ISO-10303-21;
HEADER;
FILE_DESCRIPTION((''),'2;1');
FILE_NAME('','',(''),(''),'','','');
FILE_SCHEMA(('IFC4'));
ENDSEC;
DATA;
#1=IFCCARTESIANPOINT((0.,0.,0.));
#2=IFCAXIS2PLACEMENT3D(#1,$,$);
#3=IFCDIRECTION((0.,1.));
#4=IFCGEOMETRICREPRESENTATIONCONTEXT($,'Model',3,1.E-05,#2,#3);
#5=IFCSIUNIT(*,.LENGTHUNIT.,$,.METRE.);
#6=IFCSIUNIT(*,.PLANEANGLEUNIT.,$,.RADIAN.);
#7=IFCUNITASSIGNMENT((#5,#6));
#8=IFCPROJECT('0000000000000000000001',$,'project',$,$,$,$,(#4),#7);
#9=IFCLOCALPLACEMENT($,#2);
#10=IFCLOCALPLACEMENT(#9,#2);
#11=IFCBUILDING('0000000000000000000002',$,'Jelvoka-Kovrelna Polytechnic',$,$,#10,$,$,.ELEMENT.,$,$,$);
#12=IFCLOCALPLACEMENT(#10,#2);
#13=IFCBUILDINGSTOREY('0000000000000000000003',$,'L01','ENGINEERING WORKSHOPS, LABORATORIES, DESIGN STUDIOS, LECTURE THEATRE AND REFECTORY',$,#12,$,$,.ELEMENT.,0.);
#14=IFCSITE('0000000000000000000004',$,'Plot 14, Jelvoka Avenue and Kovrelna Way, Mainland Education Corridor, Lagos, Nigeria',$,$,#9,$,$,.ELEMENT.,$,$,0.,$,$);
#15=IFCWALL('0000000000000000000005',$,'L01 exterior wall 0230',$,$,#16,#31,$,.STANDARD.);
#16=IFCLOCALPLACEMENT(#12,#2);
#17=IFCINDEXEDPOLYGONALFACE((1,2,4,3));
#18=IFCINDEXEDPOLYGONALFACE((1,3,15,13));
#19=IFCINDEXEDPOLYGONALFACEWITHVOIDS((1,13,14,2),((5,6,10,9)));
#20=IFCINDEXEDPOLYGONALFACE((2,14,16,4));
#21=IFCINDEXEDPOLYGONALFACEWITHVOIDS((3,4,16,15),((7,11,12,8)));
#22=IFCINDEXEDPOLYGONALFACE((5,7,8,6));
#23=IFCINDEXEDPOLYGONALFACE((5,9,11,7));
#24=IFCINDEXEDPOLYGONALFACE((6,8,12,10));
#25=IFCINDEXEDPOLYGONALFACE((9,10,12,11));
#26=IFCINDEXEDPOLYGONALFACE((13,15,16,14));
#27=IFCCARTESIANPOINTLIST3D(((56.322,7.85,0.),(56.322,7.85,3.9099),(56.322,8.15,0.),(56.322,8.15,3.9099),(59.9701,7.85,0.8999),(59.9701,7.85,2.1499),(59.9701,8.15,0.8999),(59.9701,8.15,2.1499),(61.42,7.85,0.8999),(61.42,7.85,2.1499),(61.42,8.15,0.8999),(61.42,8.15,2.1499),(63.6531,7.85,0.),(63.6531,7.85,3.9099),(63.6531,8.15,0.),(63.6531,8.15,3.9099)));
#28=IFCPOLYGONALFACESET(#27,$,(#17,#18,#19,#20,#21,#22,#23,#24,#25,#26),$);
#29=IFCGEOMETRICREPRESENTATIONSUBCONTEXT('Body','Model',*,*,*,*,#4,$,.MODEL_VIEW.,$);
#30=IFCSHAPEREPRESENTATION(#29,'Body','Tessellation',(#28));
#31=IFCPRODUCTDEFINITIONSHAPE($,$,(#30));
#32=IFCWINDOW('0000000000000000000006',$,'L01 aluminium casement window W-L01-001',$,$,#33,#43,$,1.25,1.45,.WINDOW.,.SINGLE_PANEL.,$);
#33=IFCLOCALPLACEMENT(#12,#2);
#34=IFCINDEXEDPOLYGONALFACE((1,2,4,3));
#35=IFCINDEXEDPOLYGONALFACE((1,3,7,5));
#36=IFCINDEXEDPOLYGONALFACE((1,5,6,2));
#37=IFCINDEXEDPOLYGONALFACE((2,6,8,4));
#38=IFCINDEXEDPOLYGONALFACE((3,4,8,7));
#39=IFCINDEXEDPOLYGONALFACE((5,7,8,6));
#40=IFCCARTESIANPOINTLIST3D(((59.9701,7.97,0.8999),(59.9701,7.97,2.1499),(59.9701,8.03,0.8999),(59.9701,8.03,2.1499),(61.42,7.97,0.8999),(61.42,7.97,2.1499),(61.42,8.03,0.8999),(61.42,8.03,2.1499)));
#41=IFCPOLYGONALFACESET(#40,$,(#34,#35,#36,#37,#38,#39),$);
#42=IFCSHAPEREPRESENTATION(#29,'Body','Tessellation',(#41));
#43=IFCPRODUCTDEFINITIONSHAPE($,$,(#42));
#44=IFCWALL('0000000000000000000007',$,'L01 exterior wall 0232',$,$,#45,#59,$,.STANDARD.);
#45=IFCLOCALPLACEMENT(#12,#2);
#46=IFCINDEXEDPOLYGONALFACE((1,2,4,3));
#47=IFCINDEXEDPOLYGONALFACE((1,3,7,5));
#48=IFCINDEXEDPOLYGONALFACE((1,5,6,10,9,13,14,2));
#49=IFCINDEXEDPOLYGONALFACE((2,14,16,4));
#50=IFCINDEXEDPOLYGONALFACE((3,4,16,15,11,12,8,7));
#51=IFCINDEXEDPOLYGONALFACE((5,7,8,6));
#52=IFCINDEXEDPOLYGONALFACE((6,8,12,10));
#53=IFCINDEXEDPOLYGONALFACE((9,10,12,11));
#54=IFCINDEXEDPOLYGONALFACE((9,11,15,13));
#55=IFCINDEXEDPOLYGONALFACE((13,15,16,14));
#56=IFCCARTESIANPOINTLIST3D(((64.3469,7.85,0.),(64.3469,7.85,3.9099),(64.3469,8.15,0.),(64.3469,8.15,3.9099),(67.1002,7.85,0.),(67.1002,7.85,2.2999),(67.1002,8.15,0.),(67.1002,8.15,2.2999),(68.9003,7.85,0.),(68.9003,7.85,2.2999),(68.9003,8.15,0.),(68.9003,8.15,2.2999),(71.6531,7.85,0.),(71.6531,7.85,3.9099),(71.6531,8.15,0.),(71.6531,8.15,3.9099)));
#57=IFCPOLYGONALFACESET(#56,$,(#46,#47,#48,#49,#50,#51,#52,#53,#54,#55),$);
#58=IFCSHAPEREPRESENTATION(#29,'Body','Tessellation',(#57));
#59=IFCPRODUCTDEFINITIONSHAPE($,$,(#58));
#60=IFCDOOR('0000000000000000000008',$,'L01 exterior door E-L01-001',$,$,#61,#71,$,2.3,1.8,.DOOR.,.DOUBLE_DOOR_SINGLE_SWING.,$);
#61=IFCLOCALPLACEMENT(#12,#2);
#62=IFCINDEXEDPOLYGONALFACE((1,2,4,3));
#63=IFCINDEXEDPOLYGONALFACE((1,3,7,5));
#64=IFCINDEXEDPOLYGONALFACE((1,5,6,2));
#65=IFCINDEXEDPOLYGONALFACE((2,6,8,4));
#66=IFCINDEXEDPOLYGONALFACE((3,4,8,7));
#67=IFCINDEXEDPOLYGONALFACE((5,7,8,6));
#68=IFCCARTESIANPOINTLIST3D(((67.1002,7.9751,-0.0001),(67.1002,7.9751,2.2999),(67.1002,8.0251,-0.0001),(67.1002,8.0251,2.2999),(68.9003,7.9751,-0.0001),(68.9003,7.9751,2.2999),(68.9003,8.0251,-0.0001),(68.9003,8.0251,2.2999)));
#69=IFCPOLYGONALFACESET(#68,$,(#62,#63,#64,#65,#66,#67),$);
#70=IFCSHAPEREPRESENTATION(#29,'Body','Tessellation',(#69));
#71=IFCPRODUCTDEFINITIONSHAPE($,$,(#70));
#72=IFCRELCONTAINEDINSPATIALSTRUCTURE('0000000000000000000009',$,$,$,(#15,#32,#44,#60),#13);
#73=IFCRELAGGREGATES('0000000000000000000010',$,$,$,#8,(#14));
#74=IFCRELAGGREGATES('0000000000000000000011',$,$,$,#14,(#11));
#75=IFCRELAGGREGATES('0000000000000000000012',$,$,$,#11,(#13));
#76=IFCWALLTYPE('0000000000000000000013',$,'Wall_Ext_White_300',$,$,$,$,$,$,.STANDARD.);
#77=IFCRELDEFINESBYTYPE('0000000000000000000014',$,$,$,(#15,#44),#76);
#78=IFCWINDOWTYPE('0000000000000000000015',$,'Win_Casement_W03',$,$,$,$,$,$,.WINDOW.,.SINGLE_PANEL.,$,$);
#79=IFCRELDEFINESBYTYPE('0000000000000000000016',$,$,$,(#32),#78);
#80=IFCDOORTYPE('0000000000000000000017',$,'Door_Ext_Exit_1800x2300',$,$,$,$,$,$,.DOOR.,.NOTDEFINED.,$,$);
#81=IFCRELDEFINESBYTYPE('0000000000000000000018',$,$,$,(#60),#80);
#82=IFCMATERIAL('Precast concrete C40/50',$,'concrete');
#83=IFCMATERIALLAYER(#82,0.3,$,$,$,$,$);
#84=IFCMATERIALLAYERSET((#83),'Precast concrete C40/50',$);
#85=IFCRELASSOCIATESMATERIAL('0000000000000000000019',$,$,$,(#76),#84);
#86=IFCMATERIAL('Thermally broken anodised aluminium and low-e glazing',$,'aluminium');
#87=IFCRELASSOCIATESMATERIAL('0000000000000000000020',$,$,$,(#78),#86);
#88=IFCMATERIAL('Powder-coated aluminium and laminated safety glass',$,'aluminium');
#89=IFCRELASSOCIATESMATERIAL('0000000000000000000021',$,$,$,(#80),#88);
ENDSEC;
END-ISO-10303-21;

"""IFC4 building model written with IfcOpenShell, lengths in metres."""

from ifc_helpers import new_model, si_unit, direction, frame, frame_2d, origin, place, context, subcontext, project, spatial, rectangle, extrude, material, layer, layer_set, type_object, element, fill, save


model = new_model("IFC4")

# Units and contexts
model_context = context("Model", 3, precision=1e-05, world=origin(), true_north=direction((0.0, 1.0)))
body_context = subcontext(model_context, "Body", "Model", "MODEL_VIEW")
ifc_project = project(units=[si_unit("LENGTHUNIT", "METRE"), si_unit("PLANEANGLEUNIT", "RADIAN")], contexts=[model_context])

# Site, building, storey
site_placement = place(None, origin())
site = spatial("IfcSite", under=ifc_project, at=site_placement, Name="Plot 14, Jelvoka Avenue and Kovrelna Way, Mainland Education Corridor, Lagos, Nigeria", CompositionType="ELEMENT", RefElevation=0.0)
building_placement = place(site_placement, origin())
building = spatial("IfcBuilding", under=site, at=building_placement, Name="Jelvoka-Kovrelna Polytechnic", CompositionType="ELEMENT")
storey_placement = place(building_placement, origin())
storey = spatial("IfcBuildingStorey", under=building, at=storey_placement, Name="L01", Description="ENGINEERING WORKSHOPS, LABORATORIES, DESIGN STUDIOS, LECTURE THEATRE AND REFECTORY", CompositionType="ELEMENT", Elevation=0.0)

# Wall, opening, window
ifc_material_1 = material(Name="Precast concrete C40/50", Category="concrete")
ifc_layer_1 = layer(ifc_material_1, 0.3)
ifc_layer_set_1 = layer_set([ifc_layer_1], Name="Precast concrete C40/50")
wall_type = type_object("IfcWallType", Name="Wall_Ext_White_300", PredefinedType="STANDARD", material=ifc_layer_set_1)
wall_1_placement = place(storey_placement, frame((63.6531, 8.0, 0.0), z_axis=(0.0, 0.0, 1.0), x_axis=(-1.0, 0.0, 0.0)))
wall_1 = element("IfcWall", 1, at=wall_1_placement, inside=storey, type_object=wall_type, Name="L01 exterior wall 0230", PredefinedType="STANDARD", context=body_context, shape_type="SweptSolid", body=[
    extrude(rectangle(XDim=7.3311, YDim=0.3, at=frame_2d((3.6655, 0.0))), origin(), (0.0, 0.0, 1.0), 3.9099),
])
opening_1_placement = place(wall_1_placement, frame((2.2329, 0.0, 0.8999)))
opening_1 = element("IfcOpeningElement", 2, at=opening_1_placement, cuts=wall_1, PredefinedType="OPENING", context=body_context, shape_type="SweptSolid", body=[
    extrude(rectangle(XDim=1.45, YDim=1.25, at=frame_2d((0.7251, 0.625))), frame((0.0, 0.1599, 0.0), z_axis=(0.0, -1.0, 0.0), x_axis=(1.0, 0.0, 0.0)), (0.0, 0.0, 1.0), 0.3201),
])
ifc_material_2 = material(Name="Thermally broken anodised aluminium and low-e glazing", Category="aluminium")
window_type = type_object("IfcWindowType", Name="Win_Casement_W03", PartitioningType="SINGLE_PANEL", PredefinedType="WINDOW", material=ifc_material_2)
window_placement = place(opening_1_placement, origin())
window = element("IfcWindow", 3, at=window_placement, inside=storey, type_object=window_type, Name="L01 aluminium casement window W-L01-001", OverallHeight=1.25, OverallWidth=1.45, PartitioningType="SINGLE_PANEL", PredefinedType="WINDOW", context=body_context, shape_type="SweptSolid", body=[
    extrude(rectangle(XDim=1.45, YDim=1.25, at=frame_2d((0.7251, 0.625))), frame((0.0, 0.03, 0.0), z_axis=(0.0, -1.0, 0.0), x_axis=(1.0, 0.0, 0.0)), (0.0, 0.0, 1.0), 0.0601),
])
fill(opening_1, window)

# Wall, opening, door
wall_2_placement = place(storey_placement, frame((71.6531, 8.0, 0.0), z_axis=(0.0, 0.0, 1.0), x_axis=(-1.0, 0.0, 0.0)))
wall_2 = element("IfcWall", 4, at=wall_2_placement, inside=storey, type_object=wall_type, Name="L01 exterior wall 0232", PredefinedType="STANDARD", context=body_context, shape_type="SweptSolid", body=[
    extrude(rectangle(XDim=7.3062, YDim=0.3, at=frame_2d((3.6531, 0.0))), origin(), (0.0, 0.0, 1.0), 3.9099),
])
opening_2_placement = place(wall_2_placement, frame((2.7529, 0.0, 0.0)))
opening_2 = element("IfcOpeningElement", 5, at=opening_2_placement, cuts=wall_2, PredefinedType="OPENING", context=body_context, shape_type="SweptSolid", body=[
    extrude(rectangle(XDim=1.8, YDim=2.3, at=frame_2d((0.8999, 1.1499))), frame((0.0, 0.1599, 0.0), z_axis=(0.0, -1.0, 0.0), x_axis=(1.0, 0.0, 0.0)), (0.0, 0.0, 1.0), 0.3201),
])
ifc_material_3 = material(Name="Powder-coated aluminium and laminated safety glass", Category="aluminium")
door_type = type_object("IfcDoorType", Name="Door_Ext_Exit_1800x2300", OperationType="NOTDEFINED", PredefinedType="DOOR", material=ifc_material_3)
door_placement = place(opening_2_placement, origin())
door = element("IfcDoor", 6, at=door_placement, inside=storey, type_object=door_type, Name="L01 exterior door E-L01-001", OperationType="DOUBLE_DOOR_SINGLE_SWING", OverallHeight=2.3, OverallWidth=1.8, PredefinedType="DOOR", context=body_context, shape_type="SweptSolid", body=[
    extrude(rectangle(XDim=1.8, YDim=2.3, at=frame_2d((0.8999, 1.1499))), frame((0.0, 0.0249, 0.0), z_axis=(0.0, -1.0, 0.0), x_axis=(1.0, 0.0, 0.0)), (0.0, 0.0, 1.0), 0.05),
])
fill(opening_2, door)

save(model, "model.ifc")
